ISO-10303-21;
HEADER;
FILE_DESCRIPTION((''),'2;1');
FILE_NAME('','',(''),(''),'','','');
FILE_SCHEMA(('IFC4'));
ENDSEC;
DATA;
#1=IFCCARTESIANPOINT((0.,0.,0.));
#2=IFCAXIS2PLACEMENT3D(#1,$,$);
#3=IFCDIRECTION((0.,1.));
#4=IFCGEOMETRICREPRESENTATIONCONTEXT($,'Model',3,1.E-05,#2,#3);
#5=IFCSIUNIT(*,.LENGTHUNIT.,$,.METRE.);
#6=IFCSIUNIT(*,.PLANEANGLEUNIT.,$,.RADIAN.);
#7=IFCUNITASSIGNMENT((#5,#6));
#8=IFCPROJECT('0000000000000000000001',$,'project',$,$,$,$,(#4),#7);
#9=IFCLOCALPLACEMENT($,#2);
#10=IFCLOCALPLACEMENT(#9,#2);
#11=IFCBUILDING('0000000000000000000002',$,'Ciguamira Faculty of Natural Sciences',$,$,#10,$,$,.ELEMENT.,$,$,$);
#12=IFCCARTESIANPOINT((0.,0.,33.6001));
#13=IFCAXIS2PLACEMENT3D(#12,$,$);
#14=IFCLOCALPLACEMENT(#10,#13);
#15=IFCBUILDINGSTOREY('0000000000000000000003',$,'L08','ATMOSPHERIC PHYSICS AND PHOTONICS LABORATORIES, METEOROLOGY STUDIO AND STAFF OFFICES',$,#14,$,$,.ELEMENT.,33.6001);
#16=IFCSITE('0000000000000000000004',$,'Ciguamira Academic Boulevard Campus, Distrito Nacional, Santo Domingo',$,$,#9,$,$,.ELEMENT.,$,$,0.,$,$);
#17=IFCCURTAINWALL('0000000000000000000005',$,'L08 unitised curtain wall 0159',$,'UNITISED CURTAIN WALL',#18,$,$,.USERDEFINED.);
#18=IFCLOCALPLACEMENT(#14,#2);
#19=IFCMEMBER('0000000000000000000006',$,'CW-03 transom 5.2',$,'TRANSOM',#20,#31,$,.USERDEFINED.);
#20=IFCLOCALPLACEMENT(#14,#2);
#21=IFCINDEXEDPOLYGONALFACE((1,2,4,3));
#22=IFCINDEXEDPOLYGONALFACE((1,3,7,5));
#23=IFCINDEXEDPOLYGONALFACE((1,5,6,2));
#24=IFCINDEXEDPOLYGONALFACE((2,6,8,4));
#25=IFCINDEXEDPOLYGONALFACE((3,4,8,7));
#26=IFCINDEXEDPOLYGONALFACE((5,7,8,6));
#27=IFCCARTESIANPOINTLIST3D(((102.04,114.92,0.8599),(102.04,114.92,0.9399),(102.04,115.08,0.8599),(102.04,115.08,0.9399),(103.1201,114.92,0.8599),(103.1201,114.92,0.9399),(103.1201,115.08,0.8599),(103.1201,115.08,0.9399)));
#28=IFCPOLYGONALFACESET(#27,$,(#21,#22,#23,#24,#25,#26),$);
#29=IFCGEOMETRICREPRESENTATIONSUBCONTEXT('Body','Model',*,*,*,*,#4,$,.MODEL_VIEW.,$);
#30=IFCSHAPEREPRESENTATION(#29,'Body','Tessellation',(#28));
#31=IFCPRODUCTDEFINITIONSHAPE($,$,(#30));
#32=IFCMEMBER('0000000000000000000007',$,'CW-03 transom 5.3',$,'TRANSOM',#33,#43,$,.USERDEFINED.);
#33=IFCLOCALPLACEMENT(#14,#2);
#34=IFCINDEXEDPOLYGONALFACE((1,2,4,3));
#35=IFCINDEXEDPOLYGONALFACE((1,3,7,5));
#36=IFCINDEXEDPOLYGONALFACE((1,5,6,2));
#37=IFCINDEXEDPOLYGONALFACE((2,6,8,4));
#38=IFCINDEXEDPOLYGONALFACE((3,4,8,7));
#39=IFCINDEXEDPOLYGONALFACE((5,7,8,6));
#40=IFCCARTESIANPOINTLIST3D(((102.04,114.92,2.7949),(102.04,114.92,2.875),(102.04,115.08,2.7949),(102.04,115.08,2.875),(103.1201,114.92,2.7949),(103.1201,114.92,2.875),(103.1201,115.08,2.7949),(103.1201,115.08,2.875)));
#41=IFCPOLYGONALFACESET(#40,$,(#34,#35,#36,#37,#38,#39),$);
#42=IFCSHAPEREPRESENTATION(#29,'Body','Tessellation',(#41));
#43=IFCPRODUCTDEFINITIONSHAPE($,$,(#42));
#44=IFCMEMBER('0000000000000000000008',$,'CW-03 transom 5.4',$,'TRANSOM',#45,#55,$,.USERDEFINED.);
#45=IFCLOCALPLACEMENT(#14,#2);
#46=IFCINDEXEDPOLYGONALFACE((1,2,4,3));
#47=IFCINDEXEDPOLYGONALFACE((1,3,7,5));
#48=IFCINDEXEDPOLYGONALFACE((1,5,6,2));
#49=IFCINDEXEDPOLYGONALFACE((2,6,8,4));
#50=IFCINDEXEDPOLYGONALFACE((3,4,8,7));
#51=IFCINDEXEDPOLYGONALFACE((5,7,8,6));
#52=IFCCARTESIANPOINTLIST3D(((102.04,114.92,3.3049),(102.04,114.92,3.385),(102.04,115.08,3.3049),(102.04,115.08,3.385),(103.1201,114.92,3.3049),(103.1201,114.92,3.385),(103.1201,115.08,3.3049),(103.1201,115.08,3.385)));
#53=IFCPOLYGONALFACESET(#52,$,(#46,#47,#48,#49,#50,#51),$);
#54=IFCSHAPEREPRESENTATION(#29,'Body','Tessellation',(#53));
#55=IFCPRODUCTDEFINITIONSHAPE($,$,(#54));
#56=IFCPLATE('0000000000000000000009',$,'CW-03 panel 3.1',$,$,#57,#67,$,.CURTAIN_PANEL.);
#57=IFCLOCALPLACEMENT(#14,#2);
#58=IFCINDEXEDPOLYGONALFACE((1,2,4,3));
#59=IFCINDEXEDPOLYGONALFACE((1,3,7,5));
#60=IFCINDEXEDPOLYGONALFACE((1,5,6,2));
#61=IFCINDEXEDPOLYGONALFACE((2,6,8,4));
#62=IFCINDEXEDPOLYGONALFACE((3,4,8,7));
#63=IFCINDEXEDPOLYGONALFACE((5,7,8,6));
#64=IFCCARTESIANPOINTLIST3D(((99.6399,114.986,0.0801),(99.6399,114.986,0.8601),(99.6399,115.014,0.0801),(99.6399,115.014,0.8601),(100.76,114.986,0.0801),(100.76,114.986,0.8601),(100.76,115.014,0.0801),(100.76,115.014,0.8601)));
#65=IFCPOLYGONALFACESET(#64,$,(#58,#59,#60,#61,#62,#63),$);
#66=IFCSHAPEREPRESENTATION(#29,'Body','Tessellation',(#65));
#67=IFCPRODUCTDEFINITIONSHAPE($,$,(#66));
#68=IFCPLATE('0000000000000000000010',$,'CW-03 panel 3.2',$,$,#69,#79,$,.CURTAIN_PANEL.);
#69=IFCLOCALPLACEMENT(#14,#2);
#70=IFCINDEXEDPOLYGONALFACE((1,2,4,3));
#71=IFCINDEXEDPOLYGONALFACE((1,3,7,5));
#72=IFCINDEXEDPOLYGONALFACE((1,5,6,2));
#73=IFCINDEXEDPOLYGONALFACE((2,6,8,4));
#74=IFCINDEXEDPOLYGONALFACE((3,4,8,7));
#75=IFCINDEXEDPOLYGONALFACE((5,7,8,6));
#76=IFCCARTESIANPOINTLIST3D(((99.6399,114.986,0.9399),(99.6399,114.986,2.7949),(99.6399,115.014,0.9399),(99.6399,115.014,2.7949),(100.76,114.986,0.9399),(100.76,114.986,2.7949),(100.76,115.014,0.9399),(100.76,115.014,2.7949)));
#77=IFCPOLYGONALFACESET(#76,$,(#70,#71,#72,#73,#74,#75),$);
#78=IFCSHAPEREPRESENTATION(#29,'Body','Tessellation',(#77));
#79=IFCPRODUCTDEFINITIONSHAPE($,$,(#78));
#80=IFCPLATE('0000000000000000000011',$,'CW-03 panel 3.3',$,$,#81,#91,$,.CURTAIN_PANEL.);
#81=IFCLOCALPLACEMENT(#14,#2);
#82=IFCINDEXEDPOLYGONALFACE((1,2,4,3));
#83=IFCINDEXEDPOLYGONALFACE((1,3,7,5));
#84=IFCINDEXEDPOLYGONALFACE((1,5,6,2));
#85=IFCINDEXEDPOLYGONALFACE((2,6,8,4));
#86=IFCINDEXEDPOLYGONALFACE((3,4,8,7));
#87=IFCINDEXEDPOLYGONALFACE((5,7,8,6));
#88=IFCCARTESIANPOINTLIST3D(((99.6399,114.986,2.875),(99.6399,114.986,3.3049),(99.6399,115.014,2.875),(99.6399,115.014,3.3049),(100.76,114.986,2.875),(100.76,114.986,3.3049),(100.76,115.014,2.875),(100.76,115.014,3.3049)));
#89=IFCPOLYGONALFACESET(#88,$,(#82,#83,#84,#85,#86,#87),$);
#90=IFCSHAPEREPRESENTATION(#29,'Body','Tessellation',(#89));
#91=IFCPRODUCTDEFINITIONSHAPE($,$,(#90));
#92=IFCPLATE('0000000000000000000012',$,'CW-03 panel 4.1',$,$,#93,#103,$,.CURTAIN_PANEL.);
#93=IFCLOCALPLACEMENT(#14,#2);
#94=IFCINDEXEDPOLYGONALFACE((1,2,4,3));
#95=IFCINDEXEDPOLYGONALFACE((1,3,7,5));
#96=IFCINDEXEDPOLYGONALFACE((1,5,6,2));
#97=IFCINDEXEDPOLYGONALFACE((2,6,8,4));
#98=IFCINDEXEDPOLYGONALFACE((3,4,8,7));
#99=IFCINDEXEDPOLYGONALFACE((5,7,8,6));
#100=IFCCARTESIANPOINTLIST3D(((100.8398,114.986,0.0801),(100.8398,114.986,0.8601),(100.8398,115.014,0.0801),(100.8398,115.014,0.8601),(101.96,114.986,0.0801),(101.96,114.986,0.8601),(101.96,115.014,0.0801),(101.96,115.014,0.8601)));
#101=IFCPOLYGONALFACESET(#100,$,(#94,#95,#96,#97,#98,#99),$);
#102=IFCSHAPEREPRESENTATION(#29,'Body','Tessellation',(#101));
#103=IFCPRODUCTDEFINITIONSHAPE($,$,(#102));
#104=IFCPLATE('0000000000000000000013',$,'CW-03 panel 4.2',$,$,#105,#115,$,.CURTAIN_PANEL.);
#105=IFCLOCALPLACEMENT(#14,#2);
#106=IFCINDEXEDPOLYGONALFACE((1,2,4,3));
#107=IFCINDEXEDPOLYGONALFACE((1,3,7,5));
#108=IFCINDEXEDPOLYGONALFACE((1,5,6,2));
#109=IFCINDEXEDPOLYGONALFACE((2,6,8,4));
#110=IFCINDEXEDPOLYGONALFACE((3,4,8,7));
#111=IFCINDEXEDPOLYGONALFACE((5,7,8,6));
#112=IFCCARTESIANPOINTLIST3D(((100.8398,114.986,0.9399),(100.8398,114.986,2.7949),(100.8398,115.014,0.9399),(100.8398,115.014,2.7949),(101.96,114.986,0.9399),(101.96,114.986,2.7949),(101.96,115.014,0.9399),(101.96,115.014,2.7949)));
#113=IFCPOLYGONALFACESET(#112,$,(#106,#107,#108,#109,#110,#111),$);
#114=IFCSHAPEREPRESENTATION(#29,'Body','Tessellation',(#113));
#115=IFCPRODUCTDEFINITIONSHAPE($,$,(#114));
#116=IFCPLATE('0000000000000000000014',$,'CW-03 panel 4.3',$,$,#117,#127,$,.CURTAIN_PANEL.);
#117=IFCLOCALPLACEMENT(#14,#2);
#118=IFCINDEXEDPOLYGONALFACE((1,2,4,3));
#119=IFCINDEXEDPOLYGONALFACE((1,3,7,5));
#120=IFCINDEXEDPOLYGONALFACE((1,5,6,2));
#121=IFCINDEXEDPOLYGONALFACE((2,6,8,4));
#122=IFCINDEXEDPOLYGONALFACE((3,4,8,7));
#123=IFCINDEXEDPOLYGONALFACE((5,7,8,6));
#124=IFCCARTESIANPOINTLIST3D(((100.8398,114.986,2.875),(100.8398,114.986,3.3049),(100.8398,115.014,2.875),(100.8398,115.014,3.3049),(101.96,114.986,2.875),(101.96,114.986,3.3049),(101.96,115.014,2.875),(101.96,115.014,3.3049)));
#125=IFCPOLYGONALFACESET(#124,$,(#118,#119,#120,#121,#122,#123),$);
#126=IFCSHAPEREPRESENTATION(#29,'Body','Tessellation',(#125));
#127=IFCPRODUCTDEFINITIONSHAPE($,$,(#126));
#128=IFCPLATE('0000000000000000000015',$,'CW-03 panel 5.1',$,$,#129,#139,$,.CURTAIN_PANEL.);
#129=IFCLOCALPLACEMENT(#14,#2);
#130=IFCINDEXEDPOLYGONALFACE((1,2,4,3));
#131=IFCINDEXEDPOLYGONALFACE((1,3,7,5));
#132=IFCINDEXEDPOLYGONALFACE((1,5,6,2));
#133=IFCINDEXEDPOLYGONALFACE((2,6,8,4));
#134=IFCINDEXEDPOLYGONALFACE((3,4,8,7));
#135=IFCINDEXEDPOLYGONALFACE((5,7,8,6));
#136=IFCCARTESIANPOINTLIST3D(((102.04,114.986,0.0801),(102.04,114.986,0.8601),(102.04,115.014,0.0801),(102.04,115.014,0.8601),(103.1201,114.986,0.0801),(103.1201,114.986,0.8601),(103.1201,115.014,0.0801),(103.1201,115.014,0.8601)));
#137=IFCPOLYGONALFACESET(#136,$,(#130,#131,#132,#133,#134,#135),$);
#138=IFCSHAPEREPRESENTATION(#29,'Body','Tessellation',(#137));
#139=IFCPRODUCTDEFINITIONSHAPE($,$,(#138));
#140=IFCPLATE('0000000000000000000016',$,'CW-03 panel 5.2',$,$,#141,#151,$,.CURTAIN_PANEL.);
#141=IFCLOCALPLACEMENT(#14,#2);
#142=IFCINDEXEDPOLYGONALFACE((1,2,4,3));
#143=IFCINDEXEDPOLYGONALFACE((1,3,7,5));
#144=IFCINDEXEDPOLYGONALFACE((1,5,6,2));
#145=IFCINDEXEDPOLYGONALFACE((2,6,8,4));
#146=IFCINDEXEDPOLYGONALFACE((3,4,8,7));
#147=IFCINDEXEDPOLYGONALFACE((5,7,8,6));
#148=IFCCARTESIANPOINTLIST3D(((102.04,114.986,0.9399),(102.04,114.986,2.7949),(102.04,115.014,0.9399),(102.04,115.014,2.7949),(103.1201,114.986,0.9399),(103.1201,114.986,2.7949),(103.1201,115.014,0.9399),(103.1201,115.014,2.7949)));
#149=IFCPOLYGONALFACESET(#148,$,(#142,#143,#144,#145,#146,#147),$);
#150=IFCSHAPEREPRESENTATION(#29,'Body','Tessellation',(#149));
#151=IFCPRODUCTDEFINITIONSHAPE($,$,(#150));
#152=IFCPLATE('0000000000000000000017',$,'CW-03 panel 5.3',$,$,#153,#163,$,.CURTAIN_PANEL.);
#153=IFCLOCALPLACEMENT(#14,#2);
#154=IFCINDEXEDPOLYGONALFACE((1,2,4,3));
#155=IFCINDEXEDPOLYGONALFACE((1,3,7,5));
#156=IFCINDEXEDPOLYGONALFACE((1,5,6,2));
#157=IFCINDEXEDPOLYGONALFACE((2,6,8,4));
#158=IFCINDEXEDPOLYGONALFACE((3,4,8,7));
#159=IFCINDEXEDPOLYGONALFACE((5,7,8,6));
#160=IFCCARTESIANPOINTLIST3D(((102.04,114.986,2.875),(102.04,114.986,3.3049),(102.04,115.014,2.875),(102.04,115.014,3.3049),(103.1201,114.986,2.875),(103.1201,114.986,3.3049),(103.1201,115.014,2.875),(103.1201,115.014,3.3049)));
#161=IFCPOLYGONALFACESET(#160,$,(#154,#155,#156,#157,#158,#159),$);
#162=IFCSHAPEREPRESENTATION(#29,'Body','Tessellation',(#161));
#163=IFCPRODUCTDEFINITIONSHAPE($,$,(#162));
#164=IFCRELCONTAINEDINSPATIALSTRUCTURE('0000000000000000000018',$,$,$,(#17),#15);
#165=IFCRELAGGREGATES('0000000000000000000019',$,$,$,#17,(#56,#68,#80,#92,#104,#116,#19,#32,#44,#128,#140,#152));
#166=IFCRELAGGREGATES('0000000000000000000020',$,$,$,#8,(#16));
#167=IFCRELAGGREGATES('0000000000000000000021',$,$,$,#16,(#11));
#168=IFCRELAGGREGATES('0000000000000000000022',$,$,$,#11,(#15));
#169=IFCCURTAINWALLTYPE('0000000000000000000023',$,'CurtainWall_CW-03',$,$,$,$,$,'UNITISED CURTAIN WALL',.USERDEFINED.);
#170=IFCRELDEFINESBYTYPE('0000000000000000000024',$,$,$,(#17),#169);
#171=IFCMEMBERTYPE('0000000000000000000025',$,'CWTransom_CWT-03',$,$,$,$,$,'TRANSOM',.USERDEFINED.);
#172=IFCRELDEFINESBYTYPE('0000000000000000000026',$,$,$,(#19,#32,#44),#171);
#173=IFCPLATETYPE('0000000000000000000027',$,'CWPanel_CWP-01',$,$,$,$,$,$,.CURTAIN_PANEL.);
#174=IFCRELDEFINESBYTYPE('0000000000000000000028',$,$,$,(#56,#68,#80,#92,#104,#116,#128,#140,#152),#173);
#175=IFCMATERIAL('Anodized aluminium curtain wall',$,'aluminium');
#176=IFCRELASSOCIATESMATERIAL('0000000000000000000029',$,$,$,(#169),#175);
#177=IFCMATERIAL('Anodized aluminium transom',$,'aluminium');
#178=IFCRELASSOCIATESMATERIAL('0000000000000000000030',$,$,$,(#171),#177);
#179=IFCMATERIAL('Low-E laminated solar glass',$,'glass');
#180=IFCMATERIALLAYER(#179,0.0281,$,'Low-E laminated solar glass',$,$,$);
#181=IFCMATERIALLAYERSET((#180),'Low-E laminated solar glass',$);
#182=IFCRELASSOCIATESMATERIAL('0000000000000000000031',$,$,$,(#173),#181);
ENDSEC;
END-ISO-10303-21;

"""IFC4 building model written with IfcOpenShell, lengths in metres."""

from ifc_helpers import new_model, si_unit, direction, frame, origin, origin_2d, place, context, subcontext, project, spatial, rectangle, extrude, material, layer, layer_set, material_profile, profile_set, type_object, element, aggregate, save


model = new_model("IFC4")

# Units and contexts
model_context = context("Model", 3, precision=1e-05, world=origin(), true_north=direction((0.0, 1.0)))
body_context = subcontext(model_context, "Body", "Model", "MODEL_VIEW")
ifc_project = project(units=[si_unit("LENGTHUNIT", "METRE"), si_unit("PLANEANGLEUNIT", "RADIAN")], contexts=[model_context])

# Site, building, storey
site_placement = place(None, origin())
site = spatial("IfcSite", under=ifc_project, at=site_placement, Name="Ciguamira Academic Boulevard Campus, Distrito Nacional, Santo Domingo", CompositionType="ELEMENT", RefElevation=0.0)
building_placement = place(site_placement, origin())
building = spatial("IfcBuilding", under=site, at=building_placement, Name="Ciguamira Faculty of Natural Sciences", CompositionType="ELEMENT")
storey_placement = place(building_placement, frame((0.0, 0.0, 33.6001)))
storey = spatial("IfcBuildingStorey", under=building, at=storey_placement, Name="L08", Description="ATMOSPHERIC PHYSICS AND PHOTONICS LABORATORIES, METEOROLOGY STUDIO AND STAFF OFFICES", CompositionType="ELEMENT", Elevation=33.6001)

# Curtain wall, members, plates
ifc_material_1 = material(Name="Anodized aluminium curtain wall", Category="aluminium")
curtain_wall_type = type_object("IfcCurtainWallType", Name="CurtainWall_CW-03", ElementType="UNITISED CURTAIN WALL", PredefinedType="USERDEFINED", material=ifc_material_1)
curtain_wall_placement = place(storey_placement, origin())
curtain_wall = element("IfcCurtainWall", 1, at=curtain_wall_placement, inside=storey, type_object=curtain_wall_type, Name="L08 unitised curtain wall 0159", ObjectType="UNITISED CURTAIN WALL", PredefinedType="USERDEFINED")
ifc_material_2 = material(Name="Anodized aluminium transom", Category="aluminium")
ifc_material_profile_1 = material_profile(ifc_material_2, rectangle(XDim=0.0801, YDim=0.1599, at=origin_2d()), Name="ALU-TRN-80X160")
ifc_profile_set_1 = profile_set([ifc_material_profile_1], Name="Anodized aluminium transom")
member_type_1 = type_object("IfcMemberType", Name="CWTransom_CWT-03", ElementType="TRANSOM", PredefinedType="USERDEFINED", material=ifc_profile_set_1)
member_1_placement = place(storey_placement, frame((102.04, 115.0, 0.8999), z_axis=(1.0, 0.0, 0.0), x_axis=(0.0, 0.0, 1.0)))
member_1 = element("IfcMember", 2, at=member_1_placement, type_object=member_type_1, Name="CW-03 transom 5.2", ObjectType="TRANSOM", PredefinedType="USERDEFINED", context=body_context, shape_type="SweptSolid", body=[
    extrude(rectangle(XDim=0.0801, YDim=0.1599, at=origin_2d()), origin(), (0.0, 0.0, 1.0), 1.0801),
])
member_2_placement = place(storey_placement, frame((102.04, 115.0, 2.835), z_axis=(1.0, 0.0, 0.0), x_axis=(0.0, 0.0, 1.0)))
member_2 = element("IfcMember", 3, at=member_2_placement, type_object=member_type_1, Name="CW-03 transom 5.3", ObjectType="TRANSOM", PredefinedType="USERDEFINED", context=body_context, shape_type="SweptSolid", body=[
    extrude(rectangle(XDim=0.0801, YDim=0.1599, at=origin_2d()), origin(), (0.0, 0.0, 1.0), 1.0801),
])
member_3_placement = place(storey_placement, frame((102.04, 115.0, 3.345), z_axis=(1.0, 0.0, 0.0), x_axis=(0.0, 0.0, 1.0)))
member_3 = element("IfcMember", 4, at=member_3_placement, type_object=member_type_1, Name="CW-03 transom 5.4", ObjectType="TRANSOM", PredefinedType="USERDEFINED", context=body_context, shape_type="SweptSolid", body=[
    extrude(rectangle(XDim=0.0801, YDim=0.1599, at=origin_2d()), origin(), (0.0, 0.0, 1.0), 1.0801),
])
ifc_material_3 = material(Name="Low-E laminated solar glass", Category="glass")
ifc_layer = layer(ifc_material_3, 0.0281, Name="Low-E laminated solar glass")
ifc_layer_set = layer_set([ifc_layer], Name="Low-E laminated solar glass")
plate_type = type_object("IfcPlateType", Name="CWPanel_CWP-01", PredefinedType="CURTAIN_PANEL", material=ifc_layer_set)
plate_1_placement = place(storey_placement, frame((100.2, 115.0, 0.0801), z_axis=(0.0, 0.0, 1.0), x_axis=(1.0, 0.0, 0.0)))
plate_1 = element("IfcPlate", 5, at=plate_1_placement, type_object=plate_type, Name="CW-03 panel 3.1", PredefinedType="CURTAIN_PANEL", context=body_context, shape_type="SweptSolid", body=[
    extrude(rectangle(XDim=1.1201, YDim=0.0281, at=origin_2d()), origin(), (0.0, 0.0, 1.0), 0.78),
])
plate_2_placement = place(storey_placement, frame((100.2, 115.0, 0.9399), z_axis=(0.0, 0.0, 1.0), x_axis=(1.0, 0.0, 0.0)))
plate_2 = element("IfcPlate", 6, at=plate_2_placement, type_object=plate_type, Name="CW-03 panel 3.2", PredefinedType="CURTAIN_PANEL", context=body_context, shape_type="SweptSolid", body=[
    extrude(rectangle(XDim=1.1201, YDim=0.0281, at=origin_2d()), origin(), (0.0, 0.0, 1.0), 1.855),
])
plate_3_placement = place(storey_placement, frame((100.2, 115.0, 2.875), z_axis=(0.0, 0.0, 1.0), x_axis=(1.0, 0.0, 0.0)))
plate_3 = element("IfcPlate", 7, at=plate_3_placement, type_object=plate_type, Name="CW-03 panel 3.3", PredefinedType="CURTAIN_PANEL", context=body_context, shape_type="SweptSolid", body=[
    extrude(rectangle(XDim=1.1201, YDim=0.0281, at=origin_2d()), origin(), (0.0, 0.0, 1.0), 0.4299),
])
plate_4_placement = place(storey_placement, frame((101.3999, 115.0, 0.0801), z_axis=(0.0, 0.0, 1.0), x_axis=(1.0, 0.0, 0.0)))
plate_4 = element("IfcPlate", 8, at=plate_4_placement, type_object=plate_type, Name="CW-03 panel 4.1", PredefinedType="CURTAIN_PANEL", context=body_context, shape_type="SweptSolid", body=[
    extrude(rectangle(XDim=1.1201, YDim=0.0281, at=origin_2d()), origin(), (0.0, 0.0, 1.0), 0.78),
])
plate_5_placement = place(storey_placement, frame((101.3999, 115.0, 0.9399), z_axis=(0.0, 0.0, 1.0), x_axis=(1.0, 0.0, 0.0)))
plate_5 = element("IfcPlate", 9, at=plate_5_placement, type_object=plate_type, Name="CW-03 panel 4.2", PredefinedType="CURTAIN_PANEL", context=body_context, shape_type="SweptSolid", body=[
    extrude(rectangle(XDim=1.1201, YDim=0.0281, at=origin_2d()), origin(), (0.0, 0.0, 1.0), 1.855),
])
plate_6_placement = place(storey_placement, frame((101.3999, 115.0, 2.875), z_axis=(0.0, 0.0, 1.0), x_axis=(1.0, 0.0, 0.0)))
plate_6 = element("IfcPlate", 10, at=plate_6_placement, type_object=plate_type, Name="CW-03 panel 4.3", PredefinedType="CURTAIN_PANEL", context=body_context, shape_type="SweptSolid", body=[
    extrude(rectangle(XDim=1.1201, YDim=0.0281, at=origin_2d()), origin(), (0.0, 0.0, 1.0), 0.4299),
])
plate_7_placement = place(storey_placement, frame((102.5801, 115.0, 0.0801), z_axis=(0.0, 0.0, 1.0), x_axis=(1.0, 0.0, 0.0)))
plate_7 = element("IfcPlate", 11, at=plate_7_placement, type_object=plate_type, Name="CW-03 panel 5.1", PredefinedType="CURTAIN_PANEL", context=body_context, shape_type="SweptSolid", body=[
    extrude(rectangle(XDim=1.0801, YDim=0.0281, at=origin_2d()), origin(), (0.0, 0.0, 1.0), 0.78),
])
plate_8_placement = place(storey_placement, frame((102.5801, 115.0, 0.9399), z_axis=(0.0, 0.0, 1.0), x_axis=(1.0, 0.0, 0.0)))
plate_8 = element("IfcPlate", 12, at=plate_8_placement, type_object=plate_type, Name="CW-03 panel 5.2", PredefinedType="CURTAIN_PANEL", context=body_context, shape_type="SweptSolid", body=[
    extrude(rectangle(XDim=1.0801, YDim=0.0281, at=origin_2d()), origin(), (0.0, 0.0, 1.0), 1.855),
])
plate_9_placement = place(storey_placement, frame((102.5801, 115.0, 2.875), z_axis=(0.0, 0.0, 1.0), x_axis=(1.0, 0.0, 0.0)))
plate_9 = element("IfcPlate", 13, at=plate_9_placement, type_object=plate_type, Name="CW-03 panel 5.3", PredefinedType="CURTAIN_PANEL", context=body_context, shape_type="SweptSolid", body=[
    extrude(rectangle(XDim=1.0801, YDim=0.0281, at=origin_2d()), origin(), (0.0, 0.0, 1.0), 0.4299),
])
aggregate(curtain_wall, [plate_1, plate_2, plate_3, plate_4, plate_5, plate_6, member_1, member_2, member_3, plate_7, plate_8, plate_9])

save(model, "model.ifc")
